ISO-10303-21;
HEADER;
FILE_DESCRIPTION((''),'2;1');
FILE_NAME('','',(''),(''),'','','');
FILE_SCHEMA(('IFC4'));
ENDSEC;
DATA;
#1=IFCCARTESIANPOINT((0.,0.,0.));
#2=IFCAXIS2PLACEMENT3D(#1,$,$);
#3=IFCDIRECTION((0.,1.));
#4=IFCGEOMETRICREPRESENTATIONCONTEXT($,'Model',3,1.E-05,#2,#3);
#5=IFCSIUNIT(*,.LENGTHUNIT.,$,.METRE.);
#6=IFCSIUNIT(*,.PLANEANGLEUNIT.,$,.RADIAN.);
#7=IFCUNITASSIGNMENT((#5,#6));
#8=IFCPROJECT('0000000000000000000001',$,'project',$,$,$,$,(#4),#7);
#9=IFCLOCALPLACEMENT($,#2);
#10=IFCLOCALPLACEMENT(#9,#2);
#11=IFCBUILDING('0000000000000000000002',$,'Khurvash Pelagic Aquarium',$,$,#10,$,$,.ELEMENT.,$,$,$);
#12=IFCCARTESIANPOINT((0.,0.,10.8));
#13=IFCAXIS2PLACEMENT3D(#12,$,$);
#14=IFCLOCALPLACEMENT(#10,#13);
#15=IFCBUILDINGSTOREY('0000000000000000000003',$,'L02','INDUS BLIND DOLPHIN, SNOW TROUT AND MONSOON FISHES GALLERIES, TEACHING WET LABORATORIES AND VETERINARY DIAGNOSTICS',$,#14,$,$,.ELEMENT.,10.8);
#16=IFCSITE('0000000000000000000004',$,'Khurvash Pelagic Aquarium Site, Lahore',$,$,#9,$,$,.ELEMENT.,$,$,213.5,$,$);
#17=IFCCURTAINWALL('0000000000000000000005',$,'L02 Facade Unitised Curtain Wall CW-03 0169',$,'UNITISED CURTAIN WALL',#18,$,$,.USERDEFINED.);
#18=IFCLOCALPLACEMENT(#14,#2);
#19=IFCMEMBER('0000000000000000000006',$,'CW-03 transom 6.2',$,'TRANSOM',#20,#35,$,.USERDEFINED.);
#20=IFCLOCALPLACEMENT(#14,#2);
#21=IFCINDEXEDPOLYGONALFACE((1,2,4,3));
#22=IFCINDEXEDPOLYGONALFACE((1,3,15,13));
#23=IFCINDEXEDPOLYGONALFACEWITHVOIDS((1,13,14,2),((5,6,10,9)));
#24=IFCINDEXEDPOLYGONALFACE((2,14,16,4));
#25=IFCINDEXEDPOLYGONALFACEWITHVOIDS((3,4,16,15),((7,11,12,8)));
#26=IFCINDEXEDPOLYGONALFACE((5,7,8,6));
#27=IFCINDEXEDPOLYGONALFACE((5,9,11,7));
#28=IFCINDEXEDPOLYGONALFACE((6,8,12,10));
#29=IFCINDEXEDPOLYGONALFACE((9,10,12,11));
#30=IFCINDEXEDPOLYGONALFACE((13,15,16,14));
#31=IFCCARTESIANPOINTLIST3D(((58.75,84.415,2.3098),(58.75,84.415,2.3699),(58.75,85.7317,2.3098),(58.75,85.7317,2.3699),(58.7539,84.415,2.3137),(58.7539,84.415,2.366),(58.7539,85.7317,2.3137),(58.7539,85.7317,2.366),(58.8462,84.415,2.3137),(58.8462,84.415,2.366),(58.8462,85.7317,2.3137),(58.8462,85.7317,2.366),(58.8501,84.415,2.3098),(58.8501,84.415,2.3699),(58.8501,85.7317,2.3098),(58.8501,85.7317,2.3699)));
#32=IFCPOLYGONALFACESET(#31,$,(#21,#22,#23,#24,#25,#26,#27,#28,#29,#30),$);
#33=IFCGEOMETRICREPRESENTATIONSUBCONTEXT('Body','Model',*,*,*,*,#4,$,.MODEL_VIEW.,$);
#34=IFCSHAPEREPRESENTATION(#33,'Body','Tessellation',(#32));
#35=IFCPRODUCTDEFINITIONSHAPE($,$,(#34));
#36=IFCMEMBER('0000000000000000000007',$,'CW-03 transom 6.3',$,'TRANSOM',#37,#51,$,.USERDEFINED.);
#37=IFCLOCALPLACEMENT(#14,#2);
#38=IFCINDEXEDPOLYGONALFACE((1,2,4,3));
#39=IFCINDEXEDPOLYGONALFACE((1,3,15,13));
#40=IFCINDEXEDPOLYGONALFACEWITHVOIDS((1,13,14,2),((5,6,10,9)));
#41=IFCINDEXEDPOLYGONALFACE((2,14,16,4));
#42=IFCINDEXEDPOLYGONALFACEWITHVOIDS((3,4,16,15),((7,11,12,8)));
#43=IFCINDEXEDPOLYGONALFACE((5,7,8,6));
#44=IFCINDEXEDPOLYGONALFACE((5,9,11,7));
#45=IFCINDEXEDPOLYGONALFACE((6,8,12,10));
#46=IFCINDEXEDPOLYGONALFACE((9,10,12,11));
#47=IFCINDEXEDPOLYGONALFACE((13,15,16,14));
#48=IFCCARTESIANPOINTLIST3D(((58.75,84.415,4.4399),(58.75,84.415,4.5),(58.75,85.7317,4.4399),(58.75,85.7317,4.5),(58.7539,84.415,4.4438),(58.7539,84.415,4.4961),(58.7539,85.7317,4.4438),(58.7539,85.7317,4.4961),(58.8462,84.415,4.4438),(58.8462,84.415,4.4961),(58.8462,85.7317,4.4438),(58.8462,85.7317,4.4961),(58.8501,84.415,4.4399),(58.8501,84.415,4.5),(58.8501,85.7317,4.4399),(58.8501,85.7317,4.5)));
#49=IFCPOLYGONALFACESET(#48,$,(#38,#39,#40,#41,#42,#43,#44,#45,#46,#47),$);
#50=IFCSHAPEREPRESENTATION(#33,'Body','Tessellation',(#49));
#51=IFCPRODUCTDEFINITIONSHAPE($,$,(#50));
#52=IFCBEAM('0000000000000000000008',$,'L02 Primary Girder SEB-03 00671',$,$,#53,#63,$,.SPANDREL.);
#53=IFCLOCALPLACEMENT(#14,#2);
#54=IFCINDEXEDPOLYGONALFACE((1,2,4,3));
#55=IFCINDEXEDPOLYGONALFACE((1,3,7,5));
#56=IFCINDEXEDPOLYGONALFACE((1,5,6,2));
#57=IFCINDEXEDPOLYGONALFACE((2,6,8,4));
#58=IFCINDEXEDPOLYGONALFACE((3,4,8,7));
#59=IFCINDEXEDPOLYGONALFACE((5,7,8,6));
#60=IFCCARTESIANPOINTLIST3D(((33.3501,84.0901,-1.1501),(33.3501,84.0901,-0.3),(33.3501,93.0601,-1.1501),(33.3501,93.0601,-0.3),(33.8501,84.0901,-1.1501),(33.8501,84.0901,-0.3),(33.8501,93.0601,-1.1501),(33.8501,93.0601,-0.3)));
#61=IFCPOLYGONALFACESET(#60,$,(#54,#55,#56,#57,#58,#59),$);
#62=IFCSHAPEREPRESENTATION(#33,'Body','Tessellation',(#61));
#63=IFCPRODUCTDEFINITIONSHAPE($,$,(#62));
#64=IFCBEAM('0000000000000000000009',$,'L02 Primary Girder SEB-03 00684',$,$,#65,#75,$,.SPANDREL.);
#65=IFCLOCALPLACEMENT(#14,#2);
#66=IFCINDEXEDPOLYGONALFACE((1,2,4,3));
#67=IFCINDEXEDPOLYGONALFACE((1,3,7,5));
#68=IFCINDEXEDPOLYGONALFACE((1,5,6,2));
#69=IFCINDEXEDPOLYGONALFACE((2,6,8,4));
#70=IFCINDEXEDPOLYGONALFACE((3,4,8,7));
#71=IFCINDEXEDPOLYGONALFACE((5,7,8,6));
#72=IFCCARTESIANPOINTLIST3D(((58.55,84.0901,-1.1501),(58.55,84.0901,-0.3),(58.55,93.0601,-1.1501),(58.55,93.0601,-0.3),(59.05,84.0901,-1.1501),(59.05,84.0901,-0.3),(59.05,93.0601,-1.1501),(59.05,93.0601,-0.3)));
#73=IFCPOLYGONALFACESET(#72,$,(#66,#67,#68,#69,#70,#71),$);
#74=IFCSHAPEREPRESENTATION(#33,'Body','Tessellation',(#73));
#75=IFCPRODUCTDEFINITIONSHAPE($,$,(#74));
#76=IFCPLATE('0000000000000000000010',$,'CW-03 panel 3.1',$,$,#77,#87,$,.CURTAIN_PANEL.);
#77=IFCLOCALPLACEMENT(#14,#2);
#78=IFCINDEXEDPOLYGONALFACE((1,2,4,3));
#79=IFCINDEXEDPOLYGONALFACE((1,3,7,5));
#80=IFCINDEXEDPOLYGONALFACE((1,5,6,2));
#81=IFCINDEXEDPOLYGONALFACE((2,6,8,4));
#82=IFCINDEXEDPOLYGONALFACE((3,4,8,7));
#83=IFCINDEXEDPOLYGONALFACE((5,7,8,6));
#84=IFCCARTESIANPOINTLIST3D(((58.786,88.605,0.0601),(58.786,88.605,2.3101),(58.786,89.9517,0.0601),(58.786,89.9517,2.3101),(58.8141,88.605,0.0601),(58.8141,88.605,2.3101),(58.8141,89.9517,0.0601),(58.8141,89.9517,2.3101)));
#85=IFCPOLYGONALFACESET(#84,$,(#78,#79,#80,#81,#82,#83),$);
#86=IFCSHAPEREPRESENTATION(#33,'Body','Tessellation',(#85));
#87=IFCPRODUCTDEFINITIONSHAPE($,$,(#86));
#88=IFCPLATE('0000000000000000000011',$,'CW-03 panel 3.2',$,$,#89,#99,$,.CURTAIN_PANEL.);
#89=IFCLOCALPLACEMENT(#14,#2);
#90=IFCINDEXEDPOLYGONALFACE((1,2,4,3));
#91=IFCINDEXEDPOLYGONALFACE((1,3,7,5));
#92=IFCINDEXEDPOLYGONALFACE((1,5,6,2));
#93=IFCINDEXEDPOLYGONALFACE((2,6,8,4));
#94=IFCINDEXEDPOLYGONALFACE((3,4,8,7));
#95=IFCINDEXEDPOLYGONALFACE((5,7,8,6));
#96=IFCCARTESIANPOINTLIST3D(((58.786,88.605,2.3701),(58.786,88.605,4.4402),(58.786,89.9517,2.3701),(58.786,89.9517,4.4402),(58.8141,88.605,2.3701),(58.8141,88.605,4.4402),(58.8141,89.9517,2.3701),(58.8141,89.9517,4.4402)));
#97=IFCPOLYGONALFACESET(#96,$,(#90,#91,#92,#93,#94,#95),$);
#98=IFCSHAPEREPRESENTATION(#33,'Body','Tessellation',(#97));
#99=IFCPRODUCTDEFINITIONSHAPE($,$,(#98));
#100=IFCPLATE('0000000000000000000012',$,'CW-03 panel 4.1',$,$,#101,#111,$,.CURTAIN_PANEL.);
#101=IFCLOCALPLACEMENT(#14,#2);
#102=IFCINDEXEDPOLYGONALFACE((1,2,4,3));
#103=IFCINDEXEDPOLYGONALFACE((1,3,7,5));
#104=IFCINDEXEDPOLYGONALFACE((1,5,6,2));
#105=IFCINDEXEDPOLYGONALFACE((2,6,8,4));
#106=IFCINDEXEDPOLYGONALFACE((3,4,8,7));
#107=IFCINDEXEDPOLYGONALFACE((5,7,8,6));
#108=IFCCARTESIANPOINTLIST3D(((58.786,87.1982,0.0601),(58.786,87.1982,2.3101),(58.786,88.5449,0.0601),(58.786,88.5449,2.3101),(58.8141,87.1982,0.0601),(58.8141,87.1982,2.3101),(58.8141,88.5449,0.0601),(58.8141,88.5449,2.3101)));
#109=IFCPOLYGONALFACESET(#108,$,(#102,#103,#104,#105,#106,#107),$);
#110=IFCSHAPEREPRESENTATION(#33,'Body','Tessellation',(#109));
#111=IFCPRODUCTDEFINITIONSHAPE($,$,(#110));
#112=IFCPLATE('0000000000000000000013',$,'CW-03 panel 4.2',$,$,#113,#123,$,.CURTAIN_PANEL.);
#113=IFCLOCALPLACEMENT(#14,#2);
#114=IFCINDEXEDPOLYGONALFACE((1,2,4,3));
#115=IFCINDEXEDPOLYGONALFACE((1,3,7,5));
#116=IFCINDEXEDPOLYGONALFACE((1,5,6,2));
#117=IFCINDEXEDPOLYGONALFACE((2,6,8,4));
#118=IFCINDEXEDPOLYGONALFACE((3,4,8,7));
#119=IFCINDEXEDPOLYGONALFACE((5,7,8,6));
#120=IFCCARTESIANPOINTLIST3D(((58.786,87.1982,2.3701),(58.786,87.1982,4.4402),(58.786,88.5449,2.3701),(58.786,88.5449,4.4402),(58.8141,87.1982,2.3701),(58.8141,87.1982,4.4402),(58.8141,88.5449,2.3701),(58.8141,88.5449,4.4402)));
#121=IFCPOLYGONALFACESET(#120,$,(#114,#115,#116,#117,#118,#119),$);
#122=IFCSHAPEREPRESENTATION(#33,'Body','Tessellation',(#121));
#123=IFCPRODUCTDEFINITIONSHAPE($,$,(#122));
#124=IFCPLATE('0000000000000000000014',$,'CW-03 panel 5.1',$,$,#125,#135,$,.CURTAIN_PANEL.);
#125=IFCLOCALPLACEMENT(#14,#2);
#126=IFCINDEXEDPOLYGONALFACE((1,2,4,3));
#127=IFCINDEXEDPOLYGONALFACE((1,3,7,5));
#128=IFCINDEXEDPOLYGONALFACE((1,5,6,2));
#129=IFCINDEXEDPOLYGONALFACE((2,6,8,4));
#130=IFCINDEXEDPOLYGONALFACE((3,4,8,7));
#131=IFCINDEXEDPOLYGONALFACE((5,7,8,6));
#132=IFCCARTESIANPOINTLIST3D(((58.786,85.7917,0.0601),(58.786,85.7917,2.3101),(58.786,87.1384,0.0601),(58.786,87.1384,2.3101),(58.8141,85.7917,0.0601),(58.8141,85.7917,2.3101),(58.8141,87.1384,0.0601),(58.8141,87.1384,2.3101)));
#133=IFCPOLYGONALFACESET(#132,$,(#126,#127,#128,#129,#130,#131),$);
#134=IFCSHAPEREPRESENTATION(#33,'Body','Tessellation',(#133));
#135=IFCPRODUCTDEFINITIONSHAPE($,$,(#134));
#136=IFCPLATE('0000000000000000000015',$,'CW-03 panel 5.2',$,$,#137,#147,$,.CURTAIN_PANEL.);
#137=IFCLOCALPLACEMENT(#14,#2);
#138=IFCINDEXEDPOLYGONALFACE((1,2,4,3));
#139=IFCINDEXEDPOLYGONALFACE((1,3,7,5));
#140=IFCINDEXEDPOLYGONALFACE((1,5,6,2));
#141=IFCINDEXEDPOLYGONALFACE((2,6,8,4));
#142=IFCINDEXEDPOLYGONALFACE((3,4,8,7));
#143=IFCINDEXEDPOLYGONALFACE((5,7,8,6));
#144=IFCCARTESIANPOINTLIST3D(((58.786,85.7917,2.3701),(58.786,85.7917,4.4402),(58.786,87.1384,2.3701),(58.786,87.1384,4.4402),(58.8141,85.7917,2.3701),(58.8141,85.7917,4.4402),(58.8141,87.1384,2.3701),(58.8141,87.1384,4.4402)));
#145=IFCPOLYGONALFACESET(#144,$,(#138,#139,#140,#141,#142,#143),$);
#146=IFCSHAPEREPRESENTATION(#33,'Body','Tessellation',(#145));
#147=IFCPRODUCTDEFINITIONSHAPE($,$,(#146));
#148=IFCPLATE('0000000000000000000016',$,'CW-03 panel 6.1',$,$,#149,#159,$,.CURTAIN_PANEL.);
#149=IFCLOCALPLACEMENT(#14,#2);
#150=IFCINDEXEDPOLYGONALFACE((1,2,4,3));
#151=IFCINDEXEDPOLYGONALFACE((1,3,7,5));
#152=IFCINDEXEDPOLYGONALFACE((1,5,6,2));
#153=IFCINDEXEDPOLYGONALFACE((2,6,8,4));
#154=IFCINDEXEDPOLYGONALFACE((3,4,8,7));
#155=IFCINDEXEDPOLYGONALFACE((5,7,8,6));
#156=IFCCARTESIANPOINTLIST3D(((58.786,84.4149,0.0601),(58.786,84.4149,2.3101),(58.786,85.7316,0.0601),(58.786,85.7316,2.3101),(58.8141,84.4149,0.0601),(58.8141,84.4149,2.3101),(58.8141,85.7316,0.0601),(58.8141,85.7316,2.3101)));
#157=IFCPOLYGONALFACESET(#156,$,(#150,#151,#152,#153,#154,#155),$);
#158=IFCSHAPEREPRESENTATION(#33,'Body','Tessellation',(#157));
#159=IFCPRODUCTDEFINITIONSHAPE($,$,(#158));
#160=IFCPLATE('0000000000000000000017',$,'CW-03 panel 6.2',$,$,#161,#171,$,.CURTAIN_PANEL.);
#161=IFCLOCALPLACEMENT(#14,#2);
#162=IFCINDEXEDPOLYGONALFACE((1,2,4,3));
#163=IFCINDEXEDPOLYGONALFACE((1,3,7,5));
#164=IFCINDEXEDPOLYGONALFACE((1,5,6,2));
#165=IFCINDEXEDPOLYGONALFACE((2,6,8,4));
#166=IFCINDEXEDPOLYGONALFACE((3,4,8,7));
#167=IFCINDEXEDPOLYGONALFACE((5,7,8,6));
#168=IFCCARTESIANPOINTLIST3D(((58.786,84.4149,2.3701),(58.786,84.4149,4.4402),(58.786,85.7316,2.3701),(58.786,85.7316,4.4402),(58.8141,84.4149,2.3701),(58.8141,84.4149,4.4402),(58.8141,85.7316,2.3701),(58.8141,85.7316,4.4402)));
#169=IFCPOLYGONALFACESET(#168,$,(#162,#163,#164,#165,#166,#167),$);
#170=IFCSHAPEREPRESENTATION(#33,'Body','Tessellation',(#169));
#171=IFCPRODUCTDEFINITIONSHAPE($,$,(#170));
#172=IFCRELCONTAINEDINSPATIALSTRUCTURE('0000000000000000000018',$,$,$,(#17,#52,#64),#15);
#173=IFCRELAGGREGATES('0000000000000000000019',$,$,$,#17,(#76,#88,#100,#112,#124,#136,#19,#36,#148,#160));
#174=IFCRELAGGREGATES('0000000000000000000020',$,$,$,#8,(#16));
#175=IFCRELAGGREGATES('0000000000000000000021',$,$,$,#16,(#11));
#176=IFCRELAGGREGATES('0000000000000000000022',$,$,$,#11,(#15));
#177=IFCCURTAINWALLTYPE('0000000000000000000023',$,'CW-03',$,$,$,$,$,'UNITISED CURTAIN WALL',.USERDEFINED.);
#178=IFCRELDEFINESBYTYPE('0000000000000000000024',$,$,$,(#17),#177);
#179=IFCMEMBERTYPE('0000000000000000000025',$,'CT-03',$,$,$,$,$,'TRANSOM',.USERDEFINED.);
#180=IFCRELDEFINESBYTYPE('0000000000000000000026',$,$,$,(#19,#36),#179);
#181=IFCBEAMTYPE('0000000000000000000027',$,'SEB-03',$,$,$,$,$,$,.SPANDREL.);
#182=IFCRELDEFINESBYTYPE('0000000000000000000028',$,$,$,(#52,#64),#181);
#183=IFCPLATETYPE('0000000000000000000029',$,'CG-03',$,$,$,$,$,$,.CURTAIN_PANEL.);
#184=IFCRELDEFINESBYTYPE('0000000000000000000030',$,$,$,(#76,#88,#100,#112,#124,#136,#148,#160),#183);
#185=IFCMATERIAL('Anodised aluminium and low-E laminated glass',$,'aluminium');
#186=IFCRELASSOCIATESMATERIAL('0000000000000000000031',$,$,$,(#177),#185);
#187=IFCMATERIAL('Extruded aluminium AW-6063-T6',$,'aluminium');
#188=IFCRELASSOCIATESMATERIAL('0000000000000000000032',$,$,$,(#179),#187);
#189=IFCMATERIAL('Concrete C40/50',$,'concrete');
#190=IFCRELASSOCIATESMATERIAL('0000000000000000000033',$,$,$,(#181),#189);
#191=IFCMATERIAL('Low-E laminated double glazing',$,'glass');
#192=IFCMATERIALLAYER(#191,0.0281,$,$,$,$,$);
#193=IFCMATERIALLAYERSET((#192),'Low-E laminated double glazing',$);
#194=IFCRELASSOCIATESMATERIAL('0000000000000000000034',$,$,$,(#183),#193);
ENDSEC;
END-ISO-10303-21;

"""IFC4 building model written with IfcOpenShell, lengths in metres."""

from ifc_helpers import new_model, si_unit, direction, frame, origin, origin_2d, place, context, subcontext, project, spatial, rectangle, hollow_rectangle, extrude, material, layer, layer_set, material_profile, profile_set, type_object, element, aggregate, save


model = new_model("IFC4")

# Units and contexts
model_context = context("Model", 3, precision=1e-05, world=origin(), true_north=direction((0.0, 1.0)))
body_context = subcontext(model_context, "Body", "Model", "MODEL_VIEW")
ifc_project = project(units=[si_unit("LENGTHUNIT", "METRE"), si_unit("PLANEANGLEUNIT", "RADIAN")], contexts=[model_context])

# Site, building, storey
site_placement = place(None, origin())
site = spatial("IfcSite", under=ifc_project, at=site_placement, Name="Khurvash Pelagic Aquarium Site, Lahore", CompositionType="ELEMENT", RefElevation=213.5)
building_placement = place(site_placement, origin())
building = spatial("IfcBuilding", under=site, at=building_placement, Name="Khurvash Pelagic Aquarium", CompositionType="ELEMENT")
storey_placement = place(building_placement, frame((0.0, 0.0, 10.8)))
storey = spatial("IfcBuildingStorey", under=building, at=storey_placement, Name="L02", Description="INDUS BLIND DOLPHIN, SNOW TROUT AND MONSOON FISHES GALLERIES, TEACHING WET LABORATORIES AND VETERINARY DIAGNOSTICS", CompositionType="ELEMENT", Elevation=10.8)

# Curtain wall, members
ifc_material_1 = material(Name="Anodised aluminium and low-E laminated glass", Category="aluminium")
curtain_wall_type = type_object("IfcCurtainWallType", Name="CW-03", ElementType="UNITISED CURTAIN WALL", PredefinedType="USERDEFINED", material=ifc_material_1)
curtain_wall_placement = place(storey_placement, origin())
curtain_wall = element("IfcCurtainWall", 1, at=curtain_wall_placement, inside=storey, type_object=curtain_wall_type, Name="L02 Facade Unitised Curtain Wall CW-03 0169", ObjectType="UNITISED CURTAIN WALL", PredefinedType="USERDEFINED")
ifc_material_2 = material(Name="Extruded aluminium AW-6063-T6", Category="aluminium")
ifc_material_profile_1 = material_profile(ifc_material_2, hollow_rectangle(XDim=0.1001, YDim=0.0601, WallThickness=0.0039, at=origin_2d()), Name="CWT100X60X4")
ifc_profile_set_1 = profile_set([ifc_material_profile_1], Name="Extruded aluminium AW-6063-T6")
member_type_1 = type_object("IfcMemberType", Name="CT-03", ElementType="TRANSOM", PredefinedType="USERDEFINED", material=ifc_profile_set_1)
member_1_placement = place(storey_placement, frame((58.8, 85.7317, 2.3398), z_axis=(0.0, -1.0, 0.0), x_axis=(1.0, 0.0, 0.0)))
member_1 = element("IfcMember", 2, at=member_1_placement, type_object=member_type_1, Name="CW-03 transom 6.2", ObjectType="TRANSOM", PredefinedType="USERDEFINED", context=body_context, shape_type="SweptSolid", body=[
    extrude(hollow_rectangle(XDim=0.1001, YDim=0.0601, WallThickness=0.0039, at=origin_2d()), origin(), (0.0, 0.0, 1.0), 1.3167),
])
member_2_placement = place(storey_placement, frame((58.8, 85.7317, 4.47), z_axis=(0.0, -1.0, 0.0), x_axis=(1.0, 0.0, 0.0)))
member_2 = element("IfcMember", 3, at=member_2_placement, type_object=member_type_1, Name="CW-03 transom 6.3", ObjectType="TRANSOM", PredefinedType="USERDEFINED", context=body_context, shape_type="SweptSolid", body=[
    extrude(hollow_rectangle(XDim=0.1001, YDim=0.0601, WallThickness=0.0039, at=origin_2d()), origin(), (0.0, 0.0, 1.0), 1.3167),
])

# Beams
ifc_material_3 = material(Name="Concrete C40/50", Category="concrete")
ifc_material_profile_2 = material_profile(ifc_material_3, rectangle(XDim=0.5, YDim=0.8501, at=origin_2d()), Name="RC500X850")
ifc_profile_set_2 = profile_set([ifc_material_profile_2], Name="Concrete C40/50")
beam_type = type_object("IfcBeamType", Name="SEB-03", PredefinedType="SPANDREL", material=ifc_profile_set_2)
for number, where, z_axis, x_axis, name in (
    (4, (33.6001, 84.0901, -0.7251), (0.0, 1.0, 0.0), (-1.0, 0.0, 0.0), "L02 Primary Girder SEB-03 00671"),
    (5, (58.8, 84.0901, -0.7251), (0.0, 1.0, 0.0), (-1.0, 0.0, 0.0), "L02 Primary Girder SEB-03 00684"),
):
    element("IfcBeam", number, at=place(storey_placement, frame(where, z_axis=z_axis, x_axis=x_axis)), inside=storey, type_object=beam_type, Name=name, PredefinedType="SPANDREL", context=body_context, shape_type="SweptSolid", body=[
        extrude(rectangle(XDim=0.5, YDim=0.8501, at=origin_2d()), origin(), (0.0, 0.0, 1.0), 8.97),
    ])

# Plates
ifc_material_4 = material(Name="Low-E laminated double glazing", Category="glass")
ifc_layer_1 = layer(ifc_material_4, 0.0281)
ifc_layer_set_1 = layer_set([ifc_layer_1], Name="Low-E laminated double glazing")
plate_type = type_object("IfcPlateType", Name="CG-03", PredefinedType="CURTAIN_PANEL", material=ifc_layer_set_1)
plate_1_placement = place(storey_placement, frame((58.8, 89.2783, 0.0601), z_axis=(0.0, 0.0, 1.0), x_axis=(0.0, -1.0, 0.0)))
plate_1 = element("IfcPlate", 6, at=plate_1_placement, type_object=plate_type, Name="CW-03 panel 3.1", PredefinedType="CURTAIN_PANEL", context=body_context, shape_type="SweptSolid", body=[
    extrude(rectangle(XDim=1.3467, YDim=0.0281, at=origin_2d()), origin(), (0.0, 0.0, 1.0), 2.25),
])
plate_2_placement = place(storey_placement, frame((58.8, 89.2783, 2.3701), z_axis=(0.0, 0.0, 1.0), x_axis=(0.0, -1.0, 0.0)))
plate_2 = element("IfcPlate", 7, at=plate_2_placement, type_object=plate_type, Name="CW-03 panel 3.2", PredefinedType="CURTAIN_PANEL", context=body_context, shape_type="SweptSolid", body=[
    extrude(rectangle(XDim=1.3467, YDim=0.0281, at=origin_2d()), origin(), (0.0, 0.0, 1.0), 2.0701),
])
plate_3_placement = place(storey_placement, frame((58.8, 87.8716, 0.0601), z_axis=(0.0, 0.0, 1.0), x_axis=(0.0, -1.0, 0.0)))
plate_3 = element("IfcPlate", 8, at=plate_3_placement, type_object=plate_type, Name="CW-03 panel 4.1", PredefinedType="CURTAIN_PANEL", context=body_context, shape_type="SweptSolid", body=[
    extrude(rectangle(XDim=1.3467, YDim=0.0281, at=origin_2d()), origin(), (0.0, 0.0, 1.0), 2.25),
])
plate_4_placement = place(storey_placement, frame((58.8, 87.8716, 2.3701), z_axis=(0.0, 0.0, 1.0), x_axis=(0.0, -1.0, 0.0)))
plate_4 = element("IfcPlate", 9, at=plate_4_placement, type_object=plate_type, Name="CW-03 panel 4.2", PredefinedType="CURTAIN_PANEL", context=body_context, shape_type="SweptSolid", body=[
    extrude(rectangle(XDim=1.3467, YDim=0.0281, at=origin_2d()), origin(), (0.0, 0.0, 1.0), 2.0701),
])
plate_5_placement = place(storey_placement, frame((58.8, 86.4651, 0.0601), z_axis=(0.0, 0.0, 1.0), x_axis=(0.0, -1.0, 0.0)))
plate_5 = element("IfcPlate", 10, at=plate_5_placement, type_object=plate_type, Name="CW-03 panel 5.1", PredefinedType="CURTAIN_PANEL", context=body_context, shape_type="SweptSolid", body=[
    extrude(rectangle(XDim=1.3467, YDim=0.0281, at=origin_2d()), origin(), (0.0, 0.0, 1.0), 2.25),
])
plate_6_placement = place(storey_placement, frame((58.8, 86.4651, 2.3701), z_axis=(0.0, 0.0, 1.0), x_axis=(0.0, -1.0, 0.0)))
plate_6 = element("IfcPlate", 11, at=plate_6_placement, type_object=plate_type, Name="CW-03 panel 5.2", PredefinedType="CURTAIN_PANEL", context=body_context, shape_type="SweptSolid", body=[
    extrude(rectangle(XDim=1.3467, YDim=0.0281, at=origin_2d()), origin(), (0.0, 0.0, 1.0), 2.0701),
])
plate_7_placement = place(storey_placement, frame((58.8, 85.0732, 0.0601), z_axis=(0.0, 0.0, 1.0), x_axis=(0.0, -1.0, 0.0)))
plate_7 = element("IfcPlate", 12, at=plate_7_placement, type_object=plate_type, Name="CW-03 panel 6.1", PredefinedType="CURTAIN_PANEL", context=body_context, shape_type="SweptSolid", body=[
    extrude(rectangle(XDim=1.3167, YDim=0.0281, at=origin_2d()), origin(), (0.0, 0.0, 1.0), 2.25),
])
plate_8_placement = place(storey_placement, frame((58.8, 85.0732, 2.3701), z_axis=(0.0, 0.0, 1.0), x_axis=(0.0, -1.0, 0.0)))
plate_8 = element("IfcPlate", 13, at=plate_8_placement, type_object=plate_type, Name="CW-03 panel 6.2", PredefinedType="CURTAIN_PANEL", context=body_context, shape_type="SweptSolid", body=[
    extrude(rectangle(XDim=1.3167, YDim=0.0281, at=origin_2d()), origin(), (0.0, 0.0, 1.0), 2.0701),
])
aggregate(curtain_wall, [plate_1, plate_2, plate_3, plate_4, plate_5, plate_6, member_1, member_2, plate_7, plate_8])

save(model, "model.ifc")
